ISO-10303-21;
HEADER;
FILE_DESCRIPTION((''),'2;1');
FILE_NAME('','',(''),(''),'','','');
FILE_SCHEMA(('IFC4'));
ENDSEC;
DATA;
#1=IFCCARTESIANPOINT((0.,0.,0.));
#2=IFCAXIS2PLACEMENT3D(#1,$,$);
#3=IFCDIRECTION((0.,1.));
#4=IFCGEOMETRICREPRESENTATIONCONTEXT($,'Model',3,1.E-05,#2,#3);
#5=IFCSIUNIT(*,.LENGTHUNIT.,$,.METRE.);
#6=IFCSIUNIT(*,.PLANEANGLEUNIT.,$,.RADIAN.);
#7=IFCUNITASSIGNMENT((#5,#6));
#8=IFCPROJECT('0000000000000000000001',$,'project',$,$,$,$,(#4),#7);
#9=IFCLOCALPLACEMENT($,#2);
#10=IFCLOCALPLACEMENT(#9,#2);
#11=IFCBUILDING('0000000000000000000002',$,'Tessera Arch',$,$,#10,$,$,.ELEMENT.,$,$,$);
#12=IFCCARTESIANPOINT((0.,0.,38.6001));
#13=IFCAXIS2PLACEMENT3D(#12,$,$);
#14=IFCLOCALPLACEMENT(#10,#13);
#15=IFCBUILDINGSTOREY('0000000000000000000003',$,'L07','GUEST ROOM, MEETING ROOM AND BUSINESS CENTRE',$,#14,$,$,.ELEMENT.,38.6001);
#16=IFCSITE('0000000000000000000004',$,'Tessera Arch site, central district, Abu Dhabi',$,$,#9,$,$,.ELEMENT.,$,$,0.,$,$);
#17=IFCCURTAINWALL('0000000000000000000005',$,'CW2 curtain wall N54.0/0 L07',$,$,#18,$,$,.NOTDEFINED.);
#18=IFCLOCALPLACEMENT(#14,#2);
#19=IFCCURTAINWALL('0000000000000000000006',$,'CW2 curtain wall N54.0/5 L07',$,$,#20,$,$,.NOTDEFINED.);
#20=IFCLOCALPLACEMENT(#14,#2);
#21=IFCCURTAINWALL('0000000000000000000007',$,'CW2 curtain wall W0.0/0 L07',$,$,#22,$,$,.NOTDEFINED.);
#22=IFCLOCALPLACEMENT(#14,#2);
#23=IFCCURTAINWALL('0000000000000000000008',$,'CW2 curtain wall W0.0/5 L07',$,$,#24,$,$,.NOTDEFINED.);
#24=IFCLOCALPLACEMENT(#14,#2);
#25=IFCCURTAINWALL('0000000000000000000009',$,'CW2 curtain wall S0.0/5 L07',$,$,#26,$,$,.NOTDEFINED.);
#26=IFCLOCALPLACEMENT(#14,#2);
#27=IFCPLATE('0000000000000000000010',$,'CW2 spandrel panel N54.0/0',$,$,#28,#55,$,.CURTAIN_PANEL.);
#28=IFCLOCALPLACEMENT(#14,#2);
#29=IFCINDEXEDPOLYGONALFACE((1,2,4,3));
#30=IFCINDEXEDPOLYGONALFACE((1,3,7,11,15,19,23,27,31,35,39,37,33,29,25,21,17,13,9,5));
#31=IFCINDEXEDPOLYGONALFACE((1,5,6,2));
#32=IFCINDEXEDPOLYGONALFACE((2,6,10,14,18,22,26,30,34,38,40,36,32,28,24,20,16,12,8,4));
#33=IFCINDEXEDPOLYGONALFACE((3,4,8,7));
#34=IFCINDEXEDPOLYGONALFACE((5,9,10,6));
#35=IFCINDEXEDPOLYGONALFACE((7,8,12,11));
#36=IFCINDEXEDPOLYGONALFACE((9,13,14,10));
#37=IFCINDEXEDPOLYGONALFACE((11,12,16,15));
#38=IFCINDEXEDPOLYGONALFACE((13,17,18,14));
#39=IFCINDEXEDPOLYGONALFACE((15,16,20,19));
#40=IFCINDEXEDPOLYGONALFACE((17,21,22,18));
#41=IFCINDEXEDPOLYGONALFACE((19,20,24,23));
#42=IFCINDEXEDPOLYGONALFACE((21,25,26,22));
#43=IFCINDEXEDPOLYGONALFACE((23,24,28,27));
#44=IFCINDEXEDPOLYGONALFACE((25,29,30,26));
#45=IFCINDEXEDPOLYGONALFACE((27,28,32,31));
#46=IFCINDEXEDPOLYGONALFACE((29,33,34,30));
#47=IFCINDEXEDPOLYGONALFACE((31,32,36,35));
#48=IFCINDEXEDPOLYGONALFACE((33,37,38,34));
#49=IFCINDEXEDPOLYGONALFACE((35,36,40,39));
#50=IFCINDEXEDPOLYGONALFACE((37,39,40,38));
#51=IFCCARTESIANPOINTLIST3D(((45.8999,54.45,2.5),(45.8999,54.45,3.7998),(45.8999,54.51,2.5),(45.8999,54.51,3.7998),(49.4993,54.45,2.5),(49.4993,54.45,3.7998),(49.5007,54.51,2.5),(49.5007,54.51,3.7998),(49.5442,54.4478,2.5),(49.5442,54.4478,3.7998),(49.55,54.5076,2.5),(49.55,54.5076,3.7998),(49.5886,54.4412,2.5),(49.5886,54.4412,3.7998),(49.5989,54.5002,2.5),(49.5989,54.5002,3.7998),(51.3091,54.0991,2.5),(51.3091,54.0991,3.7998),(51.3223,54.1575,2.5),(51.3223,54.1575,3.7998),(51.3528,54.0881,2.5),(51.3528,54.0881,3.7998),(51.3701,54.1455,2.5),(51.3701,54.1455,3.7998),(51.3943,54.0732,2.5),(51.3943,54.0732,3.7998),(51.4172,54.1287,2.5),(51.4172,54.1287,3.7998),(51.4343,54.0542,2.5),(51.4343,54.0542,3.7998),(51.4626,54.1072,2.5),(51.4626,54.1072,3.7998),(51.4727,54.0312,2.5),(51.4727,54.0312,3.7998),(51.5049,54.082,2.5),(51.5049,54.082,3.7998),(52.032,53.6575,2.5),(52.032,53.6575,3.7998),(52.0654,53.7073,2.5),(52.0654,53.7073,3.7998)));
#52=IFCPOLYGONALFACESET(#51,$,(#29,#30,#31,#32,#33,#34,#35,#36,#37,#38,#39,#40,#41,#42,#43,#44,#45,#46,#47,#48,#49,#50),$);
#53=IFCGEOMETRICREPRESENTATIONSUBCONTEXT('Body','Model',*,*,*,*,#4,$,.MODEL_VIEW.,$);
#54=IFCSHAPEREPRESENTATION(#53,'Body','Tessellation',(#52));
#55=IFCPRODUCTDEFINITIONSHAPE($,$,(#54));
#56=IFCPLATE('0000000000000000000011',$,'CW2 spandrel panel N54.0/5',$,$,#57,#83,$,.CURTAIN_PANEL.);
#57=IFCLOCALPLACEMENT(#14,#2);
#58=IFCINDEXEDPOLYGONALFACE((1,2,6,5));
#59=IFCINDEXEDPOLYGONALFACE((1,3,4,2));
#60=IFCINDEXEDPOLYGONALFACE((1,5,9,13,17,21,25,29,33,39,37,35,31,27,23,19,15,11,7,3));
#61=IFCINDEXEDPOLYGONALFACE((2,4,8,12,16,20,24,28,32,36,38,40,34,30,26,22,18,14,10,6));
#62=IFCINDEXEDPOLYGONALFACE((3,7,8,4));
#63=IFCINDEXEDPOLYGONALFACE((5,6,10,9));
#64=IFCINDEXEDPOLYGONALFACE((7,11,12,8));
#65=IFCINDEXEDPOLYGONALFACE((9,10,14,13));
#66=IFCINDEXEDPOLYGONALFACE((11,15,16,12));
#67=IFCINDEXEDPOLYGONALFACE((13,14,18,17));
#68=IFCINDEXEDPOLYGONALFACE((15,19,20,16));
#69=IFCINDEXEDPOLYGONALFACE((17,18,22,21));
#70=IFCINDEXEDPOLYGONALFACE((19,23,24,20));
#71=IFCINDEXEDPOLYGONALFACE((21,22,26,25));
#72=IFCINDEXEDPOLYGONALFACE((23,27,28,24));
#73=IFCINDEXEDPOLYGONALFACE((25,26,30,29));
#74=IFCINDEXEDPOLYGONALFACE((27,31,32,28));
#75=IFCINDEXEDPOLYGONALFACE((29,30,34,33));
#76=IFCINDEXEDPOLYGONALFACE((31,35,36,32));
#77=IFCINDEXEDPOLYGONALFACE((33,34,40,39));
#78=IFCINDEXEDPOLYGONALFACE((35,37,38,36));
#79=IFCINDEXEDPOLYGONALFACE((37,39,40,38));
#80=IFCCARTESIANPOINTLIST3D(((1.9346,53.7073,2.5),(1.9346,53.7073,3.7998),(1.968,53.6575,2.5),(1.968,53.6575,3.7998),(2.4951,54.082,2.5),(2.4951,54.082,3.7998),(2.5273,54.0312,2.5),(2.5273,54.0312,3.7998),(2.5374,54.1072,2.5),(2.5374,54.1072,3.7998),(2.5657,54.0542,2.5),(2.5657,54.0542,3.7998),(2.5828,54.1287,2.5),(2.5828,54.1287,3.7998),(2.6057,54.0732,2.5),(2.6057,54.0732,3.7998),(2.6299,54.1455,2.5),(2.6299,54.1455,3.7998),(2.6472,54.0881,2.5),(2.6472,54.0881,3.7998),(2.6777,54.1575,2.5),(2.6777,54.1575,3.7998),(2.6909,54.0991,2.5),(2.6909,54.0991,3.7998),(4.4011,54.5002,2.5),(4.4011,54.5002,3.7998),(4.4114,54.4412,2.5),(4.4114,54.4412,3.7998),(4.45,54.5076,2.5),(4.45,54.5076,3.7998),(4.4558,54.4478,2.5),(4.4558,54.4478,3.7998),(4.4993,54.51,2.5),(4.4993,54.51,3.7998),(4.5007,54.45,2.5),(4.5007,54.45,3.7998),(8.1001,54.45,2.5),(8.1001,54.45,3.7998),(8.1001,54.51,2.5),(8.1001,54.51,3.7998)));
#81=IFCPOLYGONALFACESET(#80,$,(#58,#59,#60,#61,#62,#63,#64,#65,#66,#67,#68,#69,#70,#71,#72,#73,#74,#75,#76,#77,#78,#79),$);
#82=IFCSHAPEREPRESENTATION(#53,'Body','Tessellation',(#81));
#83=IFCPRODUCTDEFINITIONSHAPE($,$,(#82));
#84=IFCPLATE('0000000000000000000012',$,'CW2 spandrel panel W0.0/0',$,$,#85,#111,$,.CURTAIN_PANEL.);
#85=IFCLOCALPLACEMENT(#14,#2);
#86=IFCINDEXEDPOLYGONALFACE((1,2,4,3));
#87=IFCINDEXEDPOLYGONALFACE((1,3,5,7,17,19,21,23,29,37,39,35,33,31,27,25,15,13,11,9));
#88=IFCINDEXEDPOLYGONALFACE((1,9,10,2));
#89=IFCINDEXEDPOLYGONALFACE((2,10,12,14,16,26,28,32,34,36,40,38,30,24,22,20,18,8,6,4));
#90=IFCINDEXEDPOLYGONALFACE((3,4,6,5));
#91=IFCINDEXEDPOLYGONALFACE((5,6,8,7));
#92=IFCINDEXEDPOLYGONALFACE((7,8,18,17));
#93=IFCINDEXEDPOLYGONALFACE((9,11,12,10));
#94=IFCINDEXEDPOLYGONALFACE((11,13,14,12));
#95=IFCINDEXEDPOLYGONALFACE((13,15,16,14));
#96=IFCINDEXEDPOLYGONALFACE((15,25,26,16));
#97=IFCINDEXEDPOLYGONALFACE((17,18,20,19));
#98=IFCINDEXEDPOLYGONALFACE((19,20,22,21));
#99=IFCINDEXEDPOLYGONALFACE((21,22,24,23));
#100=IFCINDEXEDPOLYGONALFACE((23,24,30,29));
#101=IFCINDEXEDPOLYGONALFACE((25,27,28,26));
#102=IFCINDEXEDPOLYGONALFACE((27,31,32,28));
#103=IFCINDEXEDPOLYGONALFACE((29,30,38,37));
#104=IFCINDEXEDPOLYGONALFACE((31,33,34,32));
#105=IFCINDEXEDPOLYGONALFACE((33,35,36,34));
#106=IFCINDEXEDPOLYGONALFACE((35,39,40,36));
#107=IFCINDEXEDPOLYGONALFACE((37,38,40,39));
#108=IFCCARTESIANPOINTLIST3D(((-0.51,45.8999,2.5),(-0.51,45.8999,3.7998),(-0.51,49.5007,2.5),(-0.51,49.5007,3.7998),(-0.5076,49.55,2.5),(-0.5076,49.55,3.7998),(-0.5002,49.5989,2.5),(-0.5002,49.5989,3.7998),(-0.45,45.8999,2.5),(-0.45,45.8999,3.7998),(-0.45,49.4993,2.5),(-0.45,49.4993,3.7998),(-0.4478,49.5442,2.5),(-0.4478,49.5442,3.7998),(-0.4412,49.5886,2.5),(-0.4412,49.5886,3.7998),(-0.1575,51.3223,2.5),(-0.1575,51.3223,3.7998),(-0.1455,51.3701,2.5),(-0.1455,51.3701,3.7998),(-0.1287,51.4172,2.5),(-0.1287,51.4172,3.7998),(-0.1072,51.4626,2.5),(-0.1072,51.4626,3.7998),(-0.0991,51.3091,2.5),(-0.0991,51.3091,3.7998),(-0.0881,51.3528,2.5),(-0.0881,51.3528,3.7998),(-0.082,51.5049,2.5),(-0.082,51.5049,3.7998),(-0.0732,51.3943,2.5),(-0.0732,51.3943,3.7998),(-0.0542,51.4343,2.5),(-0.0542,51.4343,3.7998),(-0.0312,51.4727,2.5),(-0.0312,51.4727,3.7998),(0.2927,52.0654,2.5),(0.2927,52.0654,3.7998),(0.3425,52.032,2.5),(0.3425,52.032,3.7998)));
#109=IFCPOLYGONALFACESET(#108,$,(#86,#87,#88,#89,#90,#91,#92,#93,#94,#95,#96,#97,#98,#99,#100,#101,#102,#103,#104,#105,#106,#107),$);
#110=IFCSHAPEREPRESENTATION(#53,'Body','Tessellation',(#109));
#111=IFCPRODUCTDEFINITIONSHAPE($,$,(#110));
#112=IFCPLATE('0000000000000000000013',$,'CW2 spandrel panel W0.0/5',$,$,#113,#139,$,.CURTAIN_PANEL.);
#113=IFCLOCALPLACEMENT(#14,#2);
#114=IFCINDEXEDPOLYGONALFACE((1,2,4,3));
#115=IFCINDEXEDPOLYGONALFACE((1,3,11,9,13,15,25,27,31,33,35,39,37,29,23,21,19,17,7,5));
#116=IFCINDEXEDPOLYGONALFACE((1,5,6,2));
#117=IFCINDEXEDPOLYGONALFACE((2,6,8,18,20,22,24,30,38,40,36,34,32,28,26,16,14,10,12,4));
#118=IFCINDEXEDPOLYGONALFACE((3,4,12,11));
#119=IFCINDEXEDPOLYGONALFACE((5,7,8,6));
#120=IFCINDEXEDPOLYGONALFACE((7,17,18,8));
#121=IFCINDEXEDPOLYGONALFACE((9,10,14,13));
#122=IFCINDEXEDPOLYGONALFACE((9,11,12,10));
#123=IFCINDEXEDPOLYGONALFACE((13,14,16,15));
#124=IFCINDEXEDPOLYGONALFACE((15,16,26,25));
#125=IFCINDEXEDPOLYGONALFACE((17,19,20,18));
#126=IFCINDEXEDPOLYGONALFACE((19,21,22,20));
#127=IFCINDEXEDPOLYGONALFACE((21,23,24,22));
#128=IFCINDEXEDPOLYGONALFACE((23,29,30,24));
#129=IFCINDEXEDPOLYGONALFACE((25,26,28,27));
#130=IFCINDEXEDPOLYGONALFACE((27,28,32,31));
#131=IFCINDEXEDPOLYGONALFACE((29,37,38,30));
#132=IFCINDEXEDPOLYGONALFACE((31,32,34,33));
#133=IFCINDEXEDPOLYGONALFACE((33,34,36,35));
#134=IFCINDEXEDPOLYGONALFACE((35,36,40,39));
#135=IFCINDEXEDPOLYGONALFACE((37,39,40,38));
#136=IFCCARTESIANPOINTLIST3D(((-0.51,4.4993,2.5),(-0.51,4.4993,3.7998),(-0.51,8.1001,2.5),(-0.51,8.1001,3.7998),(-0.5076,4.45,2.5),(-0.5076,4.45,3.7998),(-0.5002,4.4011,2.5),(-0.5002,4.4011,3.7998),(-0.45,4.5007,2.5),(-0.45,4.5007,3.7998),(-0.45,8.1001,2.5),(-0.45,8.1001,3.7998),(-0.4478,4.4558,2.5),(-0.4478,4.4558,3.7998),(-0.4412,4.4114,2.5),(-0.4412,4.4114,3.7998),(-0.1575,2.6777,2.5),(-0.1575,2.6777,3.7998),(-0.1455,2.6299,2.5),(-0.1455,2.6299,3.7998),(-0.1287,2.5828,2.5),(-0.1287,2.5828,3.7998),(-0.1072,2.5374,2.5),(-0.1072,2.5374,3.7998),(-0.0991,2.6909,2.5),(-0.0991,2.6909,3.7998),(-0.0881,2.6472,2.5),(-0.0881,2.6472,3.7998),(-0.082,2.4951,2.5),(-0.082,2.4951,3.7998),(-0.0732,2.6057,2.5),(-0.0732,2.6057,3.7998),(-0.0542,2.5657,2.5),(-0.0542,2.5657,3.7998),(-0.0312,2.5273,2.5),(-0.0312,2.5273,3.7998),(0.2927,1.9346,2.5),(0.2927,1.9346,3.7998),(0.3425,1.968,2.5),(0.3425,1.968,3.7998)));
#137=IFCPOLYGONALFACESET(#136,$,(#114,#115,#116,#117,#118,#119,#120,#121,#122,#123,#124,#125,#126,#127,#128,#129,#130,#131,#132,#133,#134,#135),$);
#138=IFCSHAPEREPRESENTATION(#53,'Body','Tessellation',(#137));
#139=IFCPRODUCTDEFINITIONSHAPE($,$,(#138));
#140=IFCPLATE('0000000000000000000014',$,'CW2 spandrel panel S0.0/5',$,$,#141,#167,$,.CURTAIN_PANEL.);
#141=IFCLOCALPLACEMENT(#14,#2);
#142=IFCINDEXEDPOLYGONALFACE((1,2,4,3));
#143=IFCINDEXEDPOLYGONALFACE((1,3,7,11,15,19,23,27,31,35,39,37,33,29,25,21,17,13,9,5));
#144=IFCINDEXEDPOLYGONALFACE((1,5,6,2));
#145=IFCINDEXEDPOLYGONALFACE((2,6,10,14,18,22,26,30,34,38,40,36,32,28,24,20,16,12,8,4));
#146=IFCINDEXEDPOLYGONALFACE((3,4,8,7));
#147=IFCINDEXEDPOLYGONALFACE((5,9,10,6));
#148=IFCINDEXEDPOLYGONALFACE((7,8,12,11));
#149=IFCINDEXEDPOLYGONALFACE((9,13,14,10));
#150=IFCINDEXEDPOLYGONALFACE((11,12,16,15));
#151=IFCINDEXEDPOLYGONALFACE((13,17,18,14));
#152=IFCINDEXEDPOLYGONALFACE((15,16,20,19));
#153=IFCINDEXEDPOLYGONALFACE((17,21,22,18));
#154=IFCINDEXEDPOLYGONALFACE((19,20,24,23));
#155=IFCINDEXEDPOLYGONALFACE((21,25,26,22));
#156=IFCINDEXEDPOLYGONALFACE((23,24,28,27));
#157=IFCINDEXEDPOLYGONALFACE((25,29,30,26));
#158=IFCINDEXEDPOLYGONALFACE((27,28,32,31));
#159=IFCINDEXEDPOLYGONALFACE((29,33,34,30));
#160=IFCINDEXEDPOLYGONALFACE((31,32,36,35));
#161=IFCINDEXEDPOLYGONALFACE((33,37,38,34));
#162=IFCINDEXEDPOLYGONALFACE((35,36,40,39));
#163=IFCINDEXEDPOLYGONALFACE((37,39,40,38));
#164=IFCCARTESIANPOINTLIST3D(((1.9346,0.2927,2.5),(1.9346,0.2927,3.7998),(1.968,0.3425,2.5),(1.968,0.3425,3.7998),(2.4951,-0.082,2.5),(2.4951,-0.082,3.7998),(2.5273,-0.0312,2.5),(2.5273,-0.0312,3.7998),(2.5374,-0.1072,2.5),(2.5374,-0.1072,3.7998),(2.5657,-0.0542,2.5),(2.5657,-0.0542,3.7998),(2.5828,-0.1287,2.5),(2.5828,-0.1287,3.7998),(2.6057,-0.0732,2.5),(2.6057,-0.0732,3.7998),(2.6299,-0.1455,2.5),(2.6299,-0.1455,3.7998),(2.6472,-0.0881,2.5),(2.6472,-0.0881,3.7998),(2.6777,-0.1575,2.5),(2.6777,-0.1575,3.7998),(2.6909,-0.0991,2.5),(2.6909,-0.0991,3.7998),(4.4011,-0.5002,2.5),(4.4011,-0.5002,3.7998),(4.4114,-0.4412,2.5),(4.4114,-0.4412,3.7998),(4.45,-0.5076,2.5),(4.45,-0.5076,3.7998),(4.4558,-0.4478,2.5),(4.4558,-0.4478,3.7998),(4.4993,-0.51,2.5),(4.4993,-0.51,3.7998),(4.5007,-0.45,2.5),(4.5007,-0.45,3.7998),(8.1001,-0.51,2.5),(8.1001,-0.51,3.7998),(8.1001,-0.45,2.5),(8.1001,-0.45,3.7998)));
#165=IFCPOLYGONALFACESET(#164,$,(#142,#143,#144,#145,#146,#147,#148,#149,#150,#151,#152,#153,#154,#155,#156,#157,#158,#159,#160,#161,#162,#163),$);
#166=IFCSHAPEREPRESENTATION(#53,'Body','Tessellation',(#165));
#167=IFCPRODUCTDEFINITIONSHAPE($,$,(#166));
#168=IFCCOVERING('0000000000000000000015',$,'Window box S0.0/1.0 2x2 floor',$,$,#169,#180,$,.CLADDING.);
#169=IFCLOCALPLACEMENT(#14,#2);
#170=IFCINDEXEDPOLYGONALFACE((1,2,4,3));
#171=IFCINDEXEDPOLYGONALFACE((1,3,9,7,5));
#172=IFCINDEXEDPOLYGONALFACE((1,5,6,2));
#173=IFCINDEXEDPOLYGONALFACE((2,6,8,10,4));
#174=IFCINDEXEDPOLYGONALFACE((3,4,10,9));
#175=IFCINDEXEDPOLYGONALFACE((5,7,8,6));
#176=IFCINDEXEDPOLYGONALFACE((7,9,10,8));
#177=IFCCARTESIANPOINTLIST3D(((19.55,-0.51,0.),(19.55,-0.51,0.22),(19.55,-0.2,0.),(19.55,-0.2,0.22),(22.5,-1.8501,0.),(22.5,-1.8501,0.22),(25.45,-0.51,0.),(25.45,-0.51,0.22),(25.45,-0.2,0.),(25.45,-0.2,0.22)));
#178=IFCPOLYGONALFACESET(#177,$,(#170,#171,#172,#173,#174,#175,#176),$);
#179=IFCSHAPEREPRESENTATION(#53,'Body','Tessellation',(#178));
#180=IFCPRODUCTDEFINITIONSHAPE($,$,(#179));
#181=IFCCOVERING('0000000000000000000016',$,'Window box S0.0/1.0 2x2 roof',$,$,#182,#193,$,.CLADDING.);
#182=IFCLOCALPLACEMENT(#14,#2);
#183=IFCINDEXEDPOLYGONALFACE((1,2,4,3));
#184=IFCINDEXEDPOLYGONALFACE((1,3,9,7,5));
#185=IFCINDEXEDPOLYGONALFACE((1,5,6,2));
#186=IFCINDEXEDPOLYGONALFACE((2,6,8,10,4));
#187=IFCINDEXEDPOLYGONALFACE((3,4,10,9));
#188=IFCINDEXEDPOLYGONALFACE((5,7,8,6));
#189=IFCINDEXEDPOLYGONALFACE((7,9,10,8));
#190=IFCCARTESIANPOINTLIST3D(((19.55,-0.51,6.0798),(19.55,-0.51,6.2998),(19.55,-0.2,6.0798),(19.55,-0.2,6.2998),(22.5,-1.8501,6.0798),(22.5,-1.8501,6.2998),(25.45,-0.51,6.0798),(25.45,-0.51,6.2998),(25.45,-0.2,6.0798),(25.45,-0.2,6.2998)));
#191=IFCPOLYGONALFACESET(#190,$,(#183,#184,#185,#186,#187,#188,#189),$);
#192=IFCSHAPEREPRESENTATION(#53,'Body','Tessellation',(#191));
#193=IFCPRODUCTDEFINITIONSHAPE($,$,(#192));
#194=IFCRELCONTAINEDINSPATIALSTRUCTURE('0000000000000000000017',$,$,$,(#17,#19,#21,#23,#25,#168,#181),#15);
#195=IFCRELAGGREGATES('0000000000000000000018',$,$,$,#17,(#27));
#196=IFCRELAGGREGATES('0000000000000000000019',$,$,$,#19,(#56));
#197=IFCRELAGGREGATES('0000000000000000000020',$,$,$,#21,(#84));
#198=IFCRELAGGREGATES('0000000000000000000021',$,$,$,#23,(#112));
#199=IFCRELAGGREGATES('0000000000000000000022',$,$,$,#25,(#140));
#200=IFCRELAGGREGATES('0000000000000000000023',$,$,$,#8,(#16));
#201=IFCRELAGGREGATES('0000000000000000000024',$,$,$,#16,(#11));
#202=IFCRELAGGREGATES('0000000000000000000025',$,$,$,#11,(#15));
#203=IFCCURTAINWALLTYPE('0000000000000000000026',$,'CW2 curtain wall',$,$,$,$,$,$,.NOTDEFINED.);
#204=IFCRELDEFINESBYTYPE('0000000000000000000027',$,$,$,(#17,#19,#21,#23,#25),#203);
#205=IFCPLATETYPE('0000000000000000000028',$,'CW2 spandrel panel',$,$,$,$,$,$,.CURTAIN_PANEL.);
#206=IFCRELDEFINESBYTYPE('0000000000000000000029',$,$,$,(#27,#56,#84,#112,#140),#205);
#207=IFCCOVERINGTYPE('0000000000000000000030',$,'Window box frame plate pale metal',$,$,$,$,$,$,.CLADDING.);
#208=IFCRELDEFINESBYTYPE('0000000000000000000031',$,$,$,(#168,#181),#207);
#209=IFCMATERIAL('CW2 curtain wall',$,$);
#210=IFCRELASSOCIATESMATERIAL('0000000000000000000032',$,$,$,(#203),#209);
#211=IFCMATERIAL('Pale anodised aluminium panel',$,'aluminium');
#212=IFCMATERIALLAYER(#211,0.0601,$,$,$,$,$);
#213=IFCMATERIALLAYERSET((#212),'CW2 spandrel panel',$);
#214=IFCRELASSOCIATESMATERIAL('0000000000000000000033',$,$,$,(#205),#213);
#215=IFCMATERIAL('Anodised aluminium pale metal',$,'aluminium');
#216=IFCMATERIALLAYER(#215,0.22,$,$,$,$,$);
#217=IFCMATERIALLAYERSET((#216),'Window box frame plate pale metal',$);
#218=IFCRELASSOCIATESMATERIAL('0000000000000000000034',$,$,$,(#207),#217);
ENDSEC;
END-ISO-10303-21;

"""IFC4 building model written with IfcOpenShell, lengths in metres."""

from ifc_helpers import new_model, si_unit, direction, frame, origin, place, context, subcontext, project, spatial, polyline, outline, extrude, material, layer, layer_set, type_object, element, aggregate, save


model = new_model("IFC4")

# Units and contexts
model_context = context("Model", 3, precision=1e-05, world=origin(), true_north=direction((0.0, 1.0)))
body_context = subcontext(model_context, "Body", "Model", "MODEL_VIEW")
ifc_project = project(units=[si_unit("LENGTHUNIT", "METRE"), si_unit("PLANEANGLEUNIT", "RADIAN")], contexts=[model_context])

# Site, building, storey
site_placement = place(None, origin())
site = spatial("IfcSite", under=ifc_project, at=site_placement, Name="Tessera Arch site, central district, Abu Dhabi", CompositionType="ELEMENT", RefElevation=0.0)
building_placement = place(site_placement, origin())
building = spatial("IfcBuilding", under=site, at=building_placement, Name="Tessera Arch", CompositionType="ELEMENT")
storey_placement = place(building_placement, frame((0.0, 0.0, 38.6001)))
storey = spatial("IfcBuildingStorey", under=building, at=storey_placement, Name="L07", Description="GUEST ROOM, MEETING ROOM AND BUSINESS CENTRE", CompositionType="ELEMENT", Elevation=38.6001)

# Curtain walls
ifc_material_1 = material(Name="CW2 curtain wall")
curtain_wall_type = type_object("IfcCurtainWallType", Name="CW2 curtain wall", PredefinedType="NOTDEFINED", material=ifc_material_1)
curtain_wall_1_placement = place(storey_placement, origin())
curtain_wall_1 = element("IfcCurtainWall", 1, at=curtain_wall_1_placement, inside=storey, type_object=curtain_wall_type, Name="CW2 curtain wall N54.0/0 L07", PredefinedType="NOTDEFINED")
curtain_wall_2_placement = place(storey_placement, origin())
curtain_wall_2 = element("IfcCurtainWall", 2, at=curtain_wall_2_placement, inside=storey, type_object=curtain_wall_type, Name="CW2 curtain wall N54.0/5 L07", PredefinedType="NOTDEFINED")
curtain_wall_3_placement = place(storey_placement, origin())
curtain_wall_3 = element("IfcCurtainWall", 3, at=curtain_wall_3_placement, inside=storey, type_object=curtain_wall_type, Name="CW2 curtain wall W0.0/0 L07", PredefinedType="NOTDEFINED")
curtain_wall_4_placement = place(storey_placement, origin())
curtain_wall_4 = element("IfcCurtainWall", 4, at=curtain_wall_4_placement, inside=storey, type_object=curtain_wall_type, Name="CW2 curtain wall W0.0/5 L07", PredefinedType="NOTDEFINED")
curtain_wall_5_placement = place(storey_placement, origin())
curtain_wall_5 = element("IfcCurtainWall", 5, at=curtain_wall_5_placement, inside=storey, type_object=curtain_wall_type, Name="CW2 curtain wall S0.0/5 L07", PredefinedType="NOTDEFINED")

# Plates
ifc_material_2 = material(Name="Pale anodised aluminium panel", Category="aluminium")
ifc_layer_1 = layer(ifc_material_2, 0.0601)
ifc_layer_set_1 = layer_set([ifc_layer_1], Name="CW2 spandrel panel")
plate_type_1 = type_object("IfcPlateType", Name="CW2 spandrel panel", PredefinedType="CURTAIN_PANEL", material=ifc_layer_set_1)
plate_1_placement = place(storey_placement, frame((0.0, 0.0, 2.5)))
plate_1 = element("IfcPlate", 6, at=plate_1_placement, type_object=plate_type_1, Name="CW2 spandrel panel N54.0/0", PredefinedType="CURTAIN_PANEL", context=body_context, shape_type="SweptSolid", body=[
    extrude(outline(polyline([(51.4727, 54.0312), (52.032, 53.6575), (52.0654, 53.7073), (51.5049, 54.082), (51.4626, 54.1072), (51.4172, 54.1287), (51.3701, 54.1455), (51.3223, 54.1575), (49.5989, 54.5002), (49.55, 54.5076), (49.5007, 54.51), (45.8999, 54.51), (45.8999, 54.45), (49.4993, 54.45), (49.5442, 54.4478), (49.5886, 54.4412), (51.3091, 54.0991), (51.3528, 54.0881), (51.3943, 54.0732), (51.4343, 54.0542), (51.4727, 54.0312)])), origin(), (0.0, 0.0, 1.0), 1.2998),
])
aggregate(curtain_wall_1, [plate_1])
plate_2_placement = place(storey_placement, frame((0.0, 0.0, 2.5)))
plate_2 = element("IfcPlate", 7, at=plate_2_placement, type_object=plate_type_1, Name="CW2 spandrel panel N54.0/5", PredefinedType="CURTAIN_PANEL", context=body_context, shape_type="SweptSolid", body=[
    extrude(outline(polyline([(4.5007, 54.45), (8.1001, 54.45), (8.1001, 54.51), (4.4993, 54.51), (4.45, 54.5076), (4.4011, 54.5002), (2.6777, 54.1575), (2.6299, 54.1455), (2.5828, 54.1287), (2.5374, 54.1072), (2.4951, 54.082), (1.9346, 53.7073), (1.968, 53.6575), (2.5273, 54.0312), (2.5657, 54.0542), (2.6057, 54.0732), (2.6472, 54.0881), (2.6909, 54.0991), (4.4114, 54.4412), (4.4558, 54.4478), (4.5007, 54.45)])), origin(), (0.0, 0.0, 1.0), 1.2998),
])
aggregate(curtain_wall_2, [plate_2])
plate_3_placement = place(storey_placement, frame((0.0, 0.0, 2.5)))
plate_3 = element("IfcPlate", 8, at=plate_3_placement, type_object=plate_type_1, Name="CW2 spandrel panel W0.0/0", PredefinedType="CURTAIN_PANEL", context=body_context, shape_type="SweptSolid", body=[
    extrude(outline(polyline([(-0.0312, 51.4727), (0.3425, 52.032), (0.2927, 52.0654), (-0.082, 51.5049), (-0.1072, 51.4626), (-0.1287, 51.4172), (-0.1455, 51.3701), (-0.1575, 51.3223), (-0.5002, 49.5989), (-0.5076, 49.55), (-0.51, 49.5007), (-0.51, 45.8999), (-0.45, 45.8999), (-0.45, 49.4993), (-0.4478, 49.5442), (-0.4412, 49.5886), (-0.0991, 51.3091), (-0.0881, 51.3528), (-0.0732, 51.3943), (-0.0542, 51.4343), (-0.0312, 51.4727)])), origin(), (0.0, 0.0, 1.0), 1.2998),
])
aggregate(curtain_wall_3, [plate_3])
plate_4_placement = place(storey_placement, frame((0.0, 0.0, 2.5)))
plate_4 = element("IfcPlate", 9, at=plate_4_placement, type_object=plate_type_1, Name="CW2 spandrel panel W0.0/5", PredefinedType="CURTAIN_PANEL", context=body_context, shape_type="SweptSolid", body=[
    extrude(outline(polyline([(-0.45, 4.5007), (-0.45, 8.1001), (-0.51, 8.1001), (-0.51, 4.4993), (-0.5076, 4.45), (-0.5002, 4.4011), (-0.1575, 2.6777), (-0.1455, 2.6299), (-0.1287, 2.5828), (-0.1072, 2.5374), (-0.082, 2.4951), (0.2927, 1.9346), (0.3425, 1.968), (-0.0312, 2.5273), (-0.0542, 2.5657), (-0.0732, 2.6057), (-0.0881, 2.6472), (-0.0991, 2.6909), (-0.4412, 4.4114), (-0.4478, 4.4558), (-0.45, 4.5007)])), origin(), (0.0, 0.0, 1.0), 1.2998),
])
aggregate(curtain_wall_4, [plate_4])
plate_5_placement = place(storey_placement, frame((0.0, 0.0, 2.5)))
plate_5 = element("IfcPlate", 10, at=plate_5_placement, type_object=plate_type_1, Name="CW2 spandrel panel S0.0/5", PredefinedType="CURTAIN_PANEL", context=body_context, shape_type="SweptSolid", body=[
    extrude(outline(polyline([(2.5273, -0.0312), (1.968, 0.3425), (1.9346, 0.2927), (2.4951, -0.082), (2.5374, -0.1072), (2.5828, -0.1287), (2.6299, -0.1455), (2.6777, -0.1575), (4.4011, -0.5002), (4.45, -0.5076), (4.4993, -0.51), (8.1001, -0.51), (8.1001, -0.45), (4.5007, -0.45), (4.4558, -0.4478), (4.4114, -0.4412), (2.6909, -0.0991), (2.6472, -0.0881), (2.6057, -0.0732), (2.5657, -0.0542), (2.5273, -0.0312)])), origin(), (0.0, 0.0, 1.0), 1.2998),
])
aggregate(curtain_wall_5, [plate_5])

# Coverings
ifc_material_3 = material(Name="Anodised aluminium pale metal", Category="aluminium")
ifc_layer_2 = layer(ifc_material_3, 0.22)
ifc_layer_set_2 = layer_set([ifc_layer_2], Name="Window box frame plate pale metal")
covering_type = type_object("IfcCoveringType", Name="Window box frame plate pale metal", PredefinedType="CLADDING", material=ifc_layer_set_2)
for number, where, name in (
    (11, (0.0, 0.0, 0.0), "Window box S0.0/1.0 2x2 floor"),
    (12, (0.0, 0.0, 6.0798), "Window box S0.0/1.0 2x2 roof"),
):
    element("IfcCovering", number, at=place(storey_placement, frame(where)), inside=storey, type_object=covering_type, Name=name, PredefinedType="CLADDING", context=body_context, shape_type="SweptSolid", body=[
        extrude(outline(polyline([(19.55, -0.51), (22.5, -1.8501), (25.45, -0.51), (25.45, -0.2), (19.55, -0.2), (19.55, -0.51)])), origin(), (0.0, 0.0, 1.0), 0.22),
    ])

save(model, "model.ifc")
